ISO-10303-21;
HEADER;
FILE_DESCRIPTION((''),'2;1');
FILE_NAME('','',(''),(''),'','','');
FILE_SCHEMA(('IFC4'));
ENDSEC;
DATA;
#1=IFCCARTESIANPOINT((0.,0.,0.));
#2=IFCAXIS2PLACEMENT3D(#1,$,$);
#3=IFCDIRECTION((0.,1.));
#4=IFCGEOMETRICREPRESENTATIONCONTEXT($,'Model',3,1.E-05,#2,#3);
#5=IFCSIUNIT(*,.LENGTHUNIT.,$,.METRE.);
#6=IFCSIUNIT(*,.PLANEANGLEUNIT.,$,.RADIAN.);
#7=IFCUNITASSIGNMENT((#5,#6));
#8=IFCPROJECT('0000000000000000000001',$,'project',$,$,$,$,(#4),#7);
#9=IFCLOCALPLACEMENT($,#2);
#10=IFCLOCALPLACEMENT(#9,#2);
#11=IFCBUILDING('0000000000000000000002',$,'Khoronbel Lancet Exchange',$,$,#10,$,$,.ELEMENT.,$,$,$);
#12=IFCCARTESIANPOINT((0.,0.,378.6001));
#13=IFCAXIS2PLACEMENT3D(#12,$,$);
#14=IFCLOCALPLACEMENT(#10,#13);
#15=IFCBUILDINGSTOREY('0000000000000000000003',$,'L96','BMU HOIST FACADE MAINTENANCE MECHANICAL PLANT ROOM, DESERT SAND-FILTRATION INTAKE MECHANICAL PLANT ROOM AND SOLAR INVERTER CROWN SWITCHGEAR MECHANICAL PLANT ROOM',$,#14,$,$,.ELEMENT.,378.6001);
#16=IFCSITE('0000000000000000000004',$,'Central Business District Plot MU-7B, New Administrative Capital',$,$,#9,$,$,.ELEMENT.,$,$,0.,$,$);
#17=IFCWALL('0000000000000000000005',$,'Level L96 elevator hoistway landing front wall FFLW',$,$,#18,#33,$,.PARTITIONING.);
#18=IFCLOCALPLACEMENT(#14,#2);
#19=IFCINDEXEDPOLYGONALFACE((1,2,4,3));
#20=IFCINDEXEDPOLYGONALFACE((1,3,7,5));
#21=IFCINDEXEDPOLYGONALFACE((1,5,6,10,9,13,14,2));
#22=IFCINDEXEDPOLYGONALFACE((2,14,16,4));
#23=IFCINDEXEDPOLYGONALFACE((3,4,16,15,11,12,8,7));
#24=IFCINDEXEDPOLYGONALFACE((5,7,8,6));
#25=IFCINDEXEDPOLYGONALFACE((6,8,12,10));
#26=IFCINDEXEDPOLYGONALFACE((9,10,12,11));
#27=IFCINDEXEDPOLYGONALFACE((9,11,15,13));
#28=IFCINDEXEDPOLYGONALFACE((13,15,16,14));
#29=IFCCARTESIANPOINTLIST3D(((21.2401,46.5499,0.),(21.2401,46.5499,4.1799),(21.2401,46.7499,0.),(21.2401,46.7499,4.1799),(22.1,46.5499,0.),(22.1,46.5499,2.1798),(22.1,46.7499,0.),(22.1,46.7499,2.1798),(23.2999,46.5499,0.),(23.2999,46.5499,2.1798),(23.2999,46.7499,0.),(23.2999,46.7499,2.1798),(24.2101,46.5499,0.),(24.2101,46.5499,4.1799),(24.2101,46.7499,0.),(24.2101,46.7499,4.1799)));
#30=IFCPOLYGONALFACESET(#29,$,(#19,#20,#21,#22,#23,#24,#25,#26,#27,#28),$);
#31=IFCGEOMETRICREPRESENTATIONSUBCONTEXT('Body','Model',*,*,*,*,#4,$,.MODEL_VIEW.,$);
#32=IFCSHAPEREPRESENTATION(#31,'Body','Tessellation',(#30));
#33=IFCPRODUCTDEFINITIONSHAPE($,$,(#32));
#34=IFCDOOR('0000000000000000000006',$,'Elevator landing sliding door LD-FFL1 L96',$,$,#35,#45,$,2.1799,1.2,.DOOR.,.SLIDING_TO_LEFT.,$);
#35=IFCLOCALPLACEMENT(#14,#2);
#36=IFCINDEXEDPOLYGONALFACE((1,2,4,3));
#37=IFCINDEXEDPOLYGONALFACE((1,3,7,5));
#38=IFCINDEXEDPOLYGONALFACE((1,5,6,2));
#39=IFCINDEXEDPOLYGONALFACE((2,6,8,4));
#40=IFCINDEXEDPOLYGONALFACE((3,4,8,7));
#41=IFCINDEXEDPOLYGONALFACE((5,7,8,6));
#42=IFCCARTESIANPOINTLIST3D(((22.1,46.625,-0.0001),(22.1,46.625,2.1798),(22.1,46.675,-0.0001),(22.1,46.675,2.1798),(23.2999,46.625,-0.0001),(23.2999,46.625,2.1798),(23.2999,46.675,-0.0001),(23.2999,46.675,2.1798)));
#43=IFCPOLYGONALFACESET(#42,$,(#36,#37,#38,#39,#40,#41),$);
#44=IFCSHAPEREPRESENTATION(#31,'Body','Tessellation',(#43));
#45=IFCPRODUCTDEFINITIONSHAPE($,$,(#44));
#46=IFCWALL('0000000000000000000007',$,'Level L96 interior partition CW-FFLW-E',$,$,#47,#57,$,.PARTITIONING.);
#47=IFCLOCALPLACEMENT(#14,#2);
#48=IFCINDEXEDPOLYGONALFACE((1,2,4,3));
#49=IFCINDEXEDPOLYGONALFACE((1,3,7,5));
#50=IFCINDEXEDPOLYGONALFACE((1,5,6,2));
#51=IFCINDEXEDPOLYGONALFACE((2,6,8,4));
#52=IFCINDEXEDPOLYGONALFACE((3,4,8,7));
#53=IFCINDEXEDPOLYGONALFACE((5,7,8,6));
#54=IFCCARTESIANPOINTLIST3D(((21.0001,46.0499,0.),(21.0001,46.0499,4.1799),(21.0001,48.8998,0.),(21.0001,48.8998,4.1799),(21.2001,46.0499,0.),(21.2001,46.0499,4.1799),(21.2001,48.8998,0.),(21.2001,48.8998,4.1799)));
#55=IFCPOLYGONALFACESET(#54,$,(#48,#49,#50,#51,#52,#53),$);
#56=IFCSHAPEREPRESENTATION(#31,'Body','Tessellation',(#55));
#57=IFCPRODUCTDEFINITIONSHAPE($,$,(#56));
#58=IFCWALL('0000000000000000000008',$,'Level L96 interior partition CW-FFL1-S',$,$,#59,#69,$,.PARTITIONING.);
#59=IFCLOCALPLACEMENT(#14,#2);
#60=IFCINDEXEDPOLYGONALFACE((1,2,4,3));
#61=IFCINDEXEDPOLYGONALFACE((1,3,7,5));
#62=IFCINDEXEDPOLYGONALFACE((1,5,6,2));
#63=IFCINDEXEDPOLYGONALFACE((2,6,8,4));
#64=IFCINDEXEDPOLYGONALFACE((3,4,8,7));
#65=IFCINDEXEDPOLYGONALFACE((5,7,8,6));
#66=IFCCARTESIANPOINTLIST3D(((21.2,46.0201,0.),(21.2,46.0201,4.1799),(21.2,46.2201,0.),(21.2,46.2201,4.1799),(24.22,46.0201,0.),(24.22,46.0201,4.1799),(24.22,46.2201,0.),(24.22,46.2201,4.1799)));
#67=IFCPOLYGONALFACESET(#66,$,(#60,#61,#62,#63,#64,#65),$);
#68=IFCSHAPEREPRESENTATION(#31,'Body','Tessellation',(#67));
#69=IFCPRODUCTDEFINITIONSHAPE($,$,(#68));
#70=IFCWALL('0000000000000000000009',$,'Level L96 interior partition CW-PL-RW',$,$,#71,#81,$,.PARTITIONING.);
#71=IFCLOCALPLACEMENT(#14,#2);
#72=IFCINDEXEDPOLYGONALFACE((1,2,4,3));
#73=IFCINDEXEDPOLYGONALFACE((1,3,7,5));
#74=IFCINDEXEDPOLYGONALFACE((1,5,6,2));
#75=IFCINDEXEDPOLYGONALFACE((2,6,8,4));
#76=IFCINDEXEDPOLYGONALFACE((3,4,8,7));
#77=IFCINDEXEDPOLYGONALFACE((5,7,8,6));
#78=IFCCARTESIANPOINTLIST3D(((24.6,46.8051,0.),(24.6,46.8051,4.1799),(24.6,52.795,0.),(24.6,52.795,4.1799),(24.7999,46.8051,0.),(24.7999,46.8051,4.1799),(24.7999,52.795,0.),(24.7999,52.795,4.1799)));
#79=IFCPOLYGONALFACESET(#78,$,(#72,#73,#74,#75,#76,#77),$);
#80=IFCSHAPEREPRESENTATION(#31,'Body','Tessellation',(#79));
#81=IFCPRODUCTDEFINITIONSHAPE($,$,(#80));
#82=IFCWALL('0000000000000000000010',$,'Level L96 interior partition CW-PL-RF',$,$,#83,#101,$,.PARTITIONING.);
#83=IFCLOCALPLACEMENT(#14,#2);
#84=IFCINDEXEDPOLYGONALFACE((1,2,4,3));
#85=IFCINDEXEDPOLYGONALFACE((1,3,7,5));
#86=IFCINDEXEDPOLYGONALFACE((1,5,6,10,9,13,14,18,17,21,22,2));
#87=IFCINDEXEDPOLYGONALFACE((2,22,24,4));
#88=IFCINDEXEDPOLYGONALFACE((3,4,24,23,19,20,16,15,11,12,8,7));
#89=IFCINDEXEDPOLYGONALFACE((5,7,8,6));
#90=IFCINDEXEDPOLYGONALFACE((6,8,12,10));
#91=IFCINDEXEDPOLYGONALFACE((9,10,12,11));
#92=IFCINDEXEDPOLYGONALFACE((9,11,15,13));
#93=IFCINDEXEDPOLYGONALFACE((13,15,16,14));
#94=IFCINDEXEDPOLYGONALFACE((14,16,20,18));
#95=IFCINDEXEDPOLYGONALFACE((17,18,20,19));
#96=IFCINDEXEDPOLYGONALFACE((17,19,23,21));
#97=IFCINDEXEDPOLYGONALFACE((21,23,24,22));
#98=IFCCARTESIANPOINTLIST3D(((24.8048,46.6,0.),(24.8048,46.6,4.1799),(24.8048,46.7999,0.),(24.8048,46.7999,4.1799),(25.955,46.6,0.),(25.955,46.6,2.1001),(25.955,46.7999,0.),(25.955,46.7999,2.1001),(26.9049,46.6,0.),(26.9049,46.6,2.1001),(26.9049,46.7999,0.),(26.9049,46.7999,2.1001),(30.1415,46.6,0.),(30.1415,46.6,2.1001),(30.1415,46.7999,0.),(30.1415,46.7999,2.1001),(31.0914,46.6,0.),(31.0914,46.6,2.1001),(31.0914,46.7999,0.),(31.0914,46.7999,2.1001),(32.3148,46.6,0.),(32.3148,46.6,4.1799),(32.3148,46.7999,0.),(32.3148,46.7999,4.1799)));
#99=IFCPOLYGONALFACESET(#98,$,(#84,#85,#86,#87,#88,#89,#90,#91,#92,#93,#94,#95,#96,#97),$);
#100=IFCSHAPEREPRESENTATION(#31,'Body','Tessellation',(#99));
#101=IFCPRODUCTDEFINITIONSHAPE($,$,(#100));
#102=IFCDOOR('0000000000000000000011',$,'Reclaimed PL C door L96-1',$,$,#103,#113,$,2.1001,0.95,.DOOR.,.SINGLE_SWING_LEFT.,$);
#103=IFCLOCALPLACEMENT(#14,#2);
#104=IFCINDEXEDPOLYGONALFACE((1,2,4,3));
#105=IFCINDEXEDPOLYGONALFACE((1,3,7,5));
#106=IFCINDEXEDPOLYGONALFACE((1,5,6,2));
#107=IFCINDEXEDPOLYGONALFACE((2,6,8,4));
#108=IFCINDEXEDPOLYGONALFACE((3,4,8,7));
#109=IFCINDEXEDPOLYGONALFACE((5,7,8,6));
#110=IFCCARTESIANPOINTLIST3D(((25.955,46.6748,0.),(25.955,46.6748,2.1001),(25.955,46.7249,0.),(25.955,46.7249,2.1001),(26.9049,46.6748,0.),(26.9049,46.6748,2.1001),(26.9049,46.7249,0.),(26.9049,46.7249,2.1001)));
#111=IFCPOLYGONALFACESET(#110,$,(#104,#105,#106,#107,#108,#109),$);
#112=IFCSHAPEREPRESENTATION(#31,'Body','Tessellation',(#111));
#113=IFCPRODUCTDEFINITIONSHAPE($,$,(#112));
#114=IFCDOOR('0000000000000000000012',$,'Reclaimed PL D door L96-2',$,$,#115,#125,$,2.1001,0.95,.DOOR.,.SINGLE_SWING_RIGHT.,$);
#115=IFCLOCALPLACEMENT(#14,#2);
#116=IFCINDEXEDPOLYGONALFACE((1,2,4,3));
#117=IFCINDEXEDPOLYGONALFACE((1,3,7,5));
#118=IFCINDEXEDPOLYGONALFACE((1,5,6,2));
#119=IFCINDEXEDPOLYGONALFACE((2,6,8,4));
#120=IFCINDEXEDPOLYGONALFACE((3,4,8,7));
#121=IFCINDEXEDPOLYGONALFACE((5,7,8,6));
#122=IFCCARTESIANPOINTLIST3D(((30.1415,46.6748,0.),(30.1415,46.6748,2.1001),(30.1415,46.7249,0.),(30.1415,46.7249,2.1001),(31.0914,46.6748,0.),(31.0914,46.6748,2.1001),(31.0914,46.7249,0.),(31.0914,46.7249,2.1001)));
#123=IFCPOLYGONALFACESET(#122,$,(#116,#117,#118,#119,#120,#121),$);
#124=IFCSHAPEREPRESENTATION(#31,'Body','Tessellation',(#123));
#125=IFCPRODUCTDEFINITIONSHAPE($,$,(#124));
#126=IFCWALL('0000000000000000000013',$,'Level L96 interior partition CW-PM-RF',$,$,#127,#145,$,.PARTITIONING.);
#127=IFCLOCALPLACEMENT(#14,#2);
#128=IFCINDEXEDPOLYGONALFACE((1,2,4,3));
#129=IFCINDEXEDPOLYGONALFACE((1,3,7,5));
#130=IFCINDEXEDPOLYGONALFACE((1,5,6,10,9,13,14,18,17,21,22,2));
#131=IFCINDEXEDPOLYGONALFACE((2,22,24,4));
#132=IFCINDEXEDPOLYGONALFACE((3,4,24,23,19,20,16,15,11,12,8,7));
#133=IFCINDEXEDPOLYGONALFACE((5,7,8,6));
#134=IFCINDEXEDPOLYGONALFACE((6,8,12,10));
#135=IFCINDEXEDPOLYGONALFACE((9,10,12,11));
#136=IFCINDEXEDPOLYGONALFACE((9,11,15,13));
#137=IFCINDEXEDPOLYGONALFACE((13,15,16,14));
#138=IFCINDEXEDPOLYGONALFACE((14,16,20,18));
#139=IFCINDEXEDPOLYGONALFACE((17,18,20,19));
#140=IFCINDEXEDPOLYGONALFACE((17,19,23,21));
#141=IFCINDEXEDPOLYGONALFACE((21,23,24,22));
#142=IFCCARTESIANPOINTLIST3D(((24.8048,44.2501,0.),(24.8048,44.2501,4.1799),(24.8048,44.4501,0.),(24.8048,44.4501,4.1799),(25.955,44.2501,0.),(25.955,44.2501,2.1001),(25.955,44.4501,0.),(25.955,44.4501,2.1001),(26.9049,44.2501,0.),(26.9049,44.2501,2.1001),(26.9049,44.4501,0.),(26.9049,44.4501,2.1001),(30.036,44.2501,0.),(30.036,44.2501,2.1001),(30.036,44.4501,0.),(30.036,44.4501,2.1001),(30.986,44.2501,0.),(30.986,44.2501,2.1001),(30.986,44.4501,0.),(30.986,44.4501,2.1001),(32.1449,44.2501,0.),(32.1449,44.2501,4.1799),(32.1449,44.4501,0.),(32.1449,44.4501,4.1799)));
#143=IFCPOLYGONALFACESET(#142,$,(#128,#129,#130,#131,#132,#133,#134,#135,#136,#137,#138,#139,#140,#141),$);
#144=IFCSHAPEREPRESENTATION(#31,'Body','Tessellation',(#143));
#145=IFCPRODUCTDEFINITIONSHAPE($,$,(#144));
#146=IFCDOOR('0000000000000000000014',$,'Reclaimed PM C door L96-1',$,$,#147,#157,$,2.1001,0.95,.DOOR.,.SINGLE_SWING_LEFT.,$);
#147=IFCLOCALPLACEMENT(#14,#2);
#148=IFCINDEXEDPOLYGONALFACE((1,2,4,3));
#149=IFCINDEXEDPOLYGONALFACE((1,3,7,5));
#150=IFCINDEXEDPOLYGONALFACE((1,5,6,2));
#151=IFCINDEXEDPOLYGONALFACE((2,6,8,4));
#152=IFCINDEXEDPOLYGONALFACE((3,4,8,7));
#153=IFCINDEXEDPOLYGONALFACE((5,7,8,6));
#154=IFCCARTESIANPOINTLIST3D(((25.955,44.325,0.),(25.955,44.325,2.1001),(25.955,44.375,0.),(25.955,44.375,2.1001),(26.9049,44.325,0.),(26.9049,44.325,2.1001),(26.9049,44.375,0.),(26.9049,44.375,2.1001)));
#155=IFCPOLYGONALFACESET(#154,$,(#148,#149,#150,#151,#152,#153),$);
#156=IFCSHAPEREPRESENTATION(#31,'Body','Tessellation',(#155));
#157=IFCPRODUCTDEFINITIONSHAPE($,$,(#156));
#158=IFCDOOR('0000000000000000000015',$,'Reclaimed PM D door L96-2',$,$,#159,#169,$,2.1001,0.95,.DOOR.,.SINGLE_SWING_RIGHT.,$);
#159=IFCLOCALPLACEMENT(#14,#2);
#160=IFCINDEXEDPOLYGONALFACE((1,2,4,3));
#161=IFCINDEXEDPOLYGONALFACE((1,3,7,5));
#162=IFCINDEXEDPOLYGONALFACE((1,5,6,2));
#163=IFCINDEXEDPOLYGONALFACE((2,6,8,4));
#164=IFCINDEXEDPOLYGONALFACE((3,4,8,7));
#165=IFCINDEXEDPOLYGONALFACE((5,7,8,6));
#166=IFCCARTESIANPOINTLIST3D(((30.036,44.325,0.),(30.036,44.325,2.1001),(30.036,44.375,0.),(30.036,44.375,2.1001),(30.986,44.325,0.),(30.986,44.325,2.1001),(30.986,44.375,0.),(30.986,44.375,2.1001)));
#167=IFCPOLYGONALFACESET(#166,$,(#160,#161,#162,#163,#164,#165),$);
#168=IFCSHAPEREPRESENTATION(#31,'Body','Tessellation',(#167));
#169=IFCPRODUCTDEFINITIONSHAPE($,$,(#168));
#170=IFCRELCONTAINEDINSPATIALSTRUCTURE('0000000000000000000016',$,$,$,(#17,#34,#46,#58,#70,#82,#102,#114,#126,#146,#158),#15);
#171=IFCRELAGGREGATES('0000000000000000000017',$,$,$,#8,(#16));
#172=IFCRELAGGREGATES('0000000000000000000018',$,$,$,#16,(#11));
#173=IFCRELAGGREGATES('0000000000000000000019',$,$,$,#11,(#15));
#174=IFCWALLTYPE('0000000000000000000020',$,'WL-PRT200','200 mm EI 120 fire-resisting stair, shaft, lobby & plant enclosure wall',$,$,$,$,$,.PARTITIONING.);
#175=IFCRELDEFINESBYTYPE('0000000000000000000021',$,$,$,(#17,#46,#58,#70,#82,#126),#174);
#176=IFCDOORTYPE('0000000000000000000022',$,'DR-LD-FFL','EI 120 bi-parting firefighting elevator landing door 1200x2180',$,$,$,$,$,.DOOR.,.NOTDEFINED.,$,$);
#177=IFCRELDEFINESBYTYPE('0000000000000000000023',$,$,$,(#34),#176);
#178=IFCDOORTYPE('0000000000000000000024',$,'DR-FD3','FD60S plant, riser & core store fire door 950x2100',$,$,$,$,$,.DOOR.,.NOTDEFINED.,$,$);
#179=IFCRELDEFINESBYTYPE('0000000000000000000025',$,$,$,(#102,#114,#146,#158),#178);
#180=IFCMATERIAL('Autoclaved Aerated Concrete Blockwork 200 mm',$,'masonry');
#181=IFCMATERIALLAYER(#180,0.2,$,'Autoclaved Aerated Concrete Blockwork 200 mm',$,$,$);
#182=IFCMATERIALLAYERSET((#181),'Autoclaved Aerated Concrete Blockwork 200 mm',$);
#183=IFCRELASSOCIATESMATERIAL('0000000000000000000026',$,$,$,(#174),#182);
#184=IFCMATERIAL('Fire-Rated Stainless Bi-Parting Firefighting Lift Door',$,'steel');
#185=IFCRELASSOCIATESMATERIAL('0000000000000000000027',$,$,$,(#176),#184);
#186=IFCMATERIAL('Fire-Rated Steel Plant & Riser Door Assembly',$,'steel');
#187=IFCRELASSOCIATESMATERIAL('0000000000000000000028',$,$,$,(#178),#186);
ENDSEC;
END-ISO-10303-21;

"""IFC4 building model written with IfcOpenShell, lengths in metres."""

from ifc_helpers import new_model, si_unit, direction, frame, frame_2d, origin, place, context, subcontext, project, spatial, rectangle, extrude, material, layer, layer_set, type_object, element, fill, save


model = new_model("IFC4")

# Units and contexts
model_context = context("Model", 3, precision=1e-05, world=origin(), true_north=direction((0.0, 1.0)))
body_context = subcontext(model_context, "Body", "Model", "MODEL_VIEW")
ifc_project = project(units=[si_unit("LENGTHUNIT", "METRE"), si_unit("PLANEANGLEUNIT", "RADIAN")], contexts=[model_context])

# Site, building, storey
site_placement = place(None, origin())
site = spatial("IfcSite", under=ifc_project, at=site_placement, Name="Central Business District Plot MU-7B, New Administrative Capital", CompositionType="ELEMENT", RefElevation=0.0)
building_placement = place(site_placement, origin())
building = spatial("IfcBuilding", under=site, at=building_placement, Name="Khoronbel Lancet Exchange", CompositionType="ELEMENT")
storey_placement = place(building_placement, frame((0.0, 0.0, 378.6001)))
storey = spatial("IfcBuildingStorey", under=building, at=storey_placement, Name="L96", Description="BMU HOIST FACADE MAINTENANCE MECHANICAL PLANT ROOM, DESERT SAND-FILTRATION INTAKE MECHANICAL PLANT ROOM AND SOLAR INVERTER CROWN SWITCHGEAR MECHANICAL PLANT ROOM", CompositionType="ELEMENT", Elevation=378.6001)

# Wall, opening, door
ifc_material_1 = material(Name="Autoclaved Aerated Concrete Blockwork 200 mm", Category="masonry")
ifc_layer_1 = layer(ifc_material_1, 0.2, Name="Autoclaved Aerated Concrete Blockwork 200 mm")
ifc_layer_set_1 = layer_set([ifc_layer_1], Name="Autoclaved Aerated Concrete Blockwork 200 mm")
wall_type_1 = type_object("IfcWallType", Name="WL-PRT200", Description="200 mm EI 120 fire-resisting stair, shaft, lobby & plant enclosure wall", PredefinedType="PARTITIONING", material=ifc_layer_set_1)
wall_1_placement = place(storey_placement, frame((24.21, 46.6499, 0.0), z_axis=(0.0, 0.0, 1.0), x_axis=(-1.0, 0.0, 0.0)))
wall_1 = element("IfcWall", 1, at=wall_1_placement, inside=storey, type_object=wall_type_1, Name="Level L96 elevator hoistway landing front wall FFLW", PredefinedType="PARTITIONING", context=body_context, shape_type="SweptSolid", body=[
    extrude(rectangle(XDim=2.97, YDim=0.2, at=frame_2d((1.4849, 0.0))), origin(), (0.0, 0.0, 1.0), 4.1799),
])
opening_1_placement = place(wall_1_placement, frame((0.9099, 0.0, 0.0)))
opening_1 = element("IfcOpeningElement", 2, at=opening_1_placement, cuts=wall_1, PredefinedType="OPENING", context=body_context, shape_type="SweptSolid", body=[
    extrude(rectangle(XDim=1.2, YDim=2.1799, at=frame_2d((0.6001, 1.0898))), frame((0.0, 0.1099, 0.0), z_axis=(0.0, -1.0, 0.0), x_axis=(1.0, 0.0, 0.0)), (0.0, 0.0, 1.0), 0.22),
])
ifc_material_2 = material(Name="Fire-Rated Stainless Bi-Parting Firefighting Lift Door", Category="steel")
door_type_1 = type_object("IfcDoorType", Name="DR-LD-FFL", Description="EI 120 bi-parting firefighting elevator landing door 1200x2180", OperationType="NOTDEFINED", PredefinedType="DOOR", material=ifc_material_2)
door_1_placement = place(opening_1_placement, origin())
door_1 = element("IfcDoor", 3, at=door_1_placement, inside=storey, type_object=door_type_1, Name="Elevator landing sliding door LD-FFL1 L96", OperationType="SLIDING_TO_LEFT", OverallHeight=2.1799, OverallWidth=1.2, PredefinedType="DOOR", context=body_context, shape_type="SweptSolid", body=[
    extrude(rectangle(XDim=1.2, YDim=2.1799, at=frame_2d((0.6001, 1.0898))), frame((0.0, 0.0249, 0.0), z_axis=(0.0, -1.0, 0.0), x_axis=(1.0, 0.0, 0.0)), (0.0, 0.0, 1.0), 0.05),
])
fill(opening_1, door_1)

# Wall
wall_2_placement = place(storey_placement, frame((21.1001, 46.05, 0.0), z_axis=(0.0, 0.0, 1.0), x_axis=(0.0, 1.0, 0.0)))
element("IfcWall", 4, at=wall_2_placement, inside=storey, type_object=wall_type_1, Name="Level L96 interior partition CW-FFLW-E", PredefinedType="PARTITIONING", context=body_context, shape_type="SweptSolid", body=[
    extrude(rectangle(XDim=2.8499, YDim=0.2, at=frame_2d((1.4248, 0.0))), origin(), (0.0, 0.0, 1.0), 4.1799),
])

# Walls
wall_3_placement = place(storey_placement, frame((21.2, 46.1201, 0.0), z_axis=(0.0, 0.0, 1.0), x_axis=(1.0, 0.0, 0.0)))
element("IfcWall", 5, at=wall_3_placement, inside=storey, type_object=wall_type_1, Name="Level L96 interior partition CW-FFL1-S", PredefinedType="PARTITIONING", context=body_context, shape_type="SweptSolid", body=[
    extrude(rectangle(XDim=3.02, YDim=0.2, at=frame_2d((1.51, 0.0))), origin(), (0.0, 0.0, 1.0), 4.1799),
])
wall_4_placement = place(storey_placement, frame((24.7, 46.8049, 0.0), z_axis=(0.0, 0.0, 1.0), x_axis=(0.0, 1.0, 0.0)))
element("IfcWall", 6, at=wall_4_placement, inside=storey, type_object=wall_type_1, Name="Level L96 interior partition CW-PL-RW", PredefinedType="PARTITIONING", context=body_context, shape_type="SweptSolid", body=[
    extrude(rectangle(XDim=5.99, YDim=0.2, at=frame_2d((2.9951, 0.0))), origin(), (0.0, 0.0, 1.0), 4.1799),
])

# Walls, openings, doors
wall_5_placement = place(storey_placement, frame((24.8049, 46.7, 0.0), z_axis=(0.0, 0.0, 1.0), x_axis=(1.0, 0.0, 0.0)))
wall_5 = element("IfcWall", 7, at=wall_5_placement, inside=storey, type_object=wall_type_1, Name="Level L96 interior partition CW-PL-RF", PredefinedType="PARTITIONING", context=body_context, shape_type="SweptSolid", body=[
    extrude(rectangle(XDim=7.51, YDim=0.2, at=frame_2d((3.7549, 0.0))), origin(), (0.0, 0.0, 1.0), 4.1799),
])
opening_2_placement = place(wall_5_placement, frame((1.1499, 0.0, 0.0)))
opening_2 = element("IfcOpeningElement", 8, at=opening_2_placement, cuts=wall_5, PredefinedType="OPENING", context=body_context, shape_type="SweptSolid", body=[
    extrude(rectangle(XDim=0.95, YDim=2.1001, at=frame_2d((0.4751, 1.05))), frame((0.0, 0.1099, 0.0), z_axis=(0.0, -1.0, 0.0), x_axis=(1.0, 0.0, 0.0)), (0.0, 0.0, 1.0), 0.22),
])
opening_3_placement = place(wall_5_placement, frame((5.3364, 0.0, 0.0)))
opening_3 = element("IfcOpeningElement", 9, at=opening_3_placement, cuts=wall_5, PredefinedType="OPENING", context=body_context, shape_type="SweptSolid", body=[
    extrude(rectangle(XDim=0.95, YDim=2.1001, at=frame_2d((0.4751, 1.05))), frame((0.0, 0.1099, 0.0), z_axis=(0.0, -1.0, 0.0), x_axis=(1.0, 0.0, 0.0)), (0.0, 0.0, 1.0), 0.22),
])
ifc_material_3 = material(Name="Fire-Rated Steel Plant & Riser Door Assembly", Category="steel")
door_type_2 = type_object("IfcDoorType", Name="DR-FD3", Description="FD60S plant, riser & core store fire door 950x2100", OperationType="NOTDEFINED", PredefinedType="DOOR", material=ifc_material_3)
door_2_placement = place(opening_2_placement, origin())
door_2 = element("IfcDoor", 10, at=door_2_placement, inside=storey, type_object=door_type_2, Name="Reclaimed PL C door L96-1", OperationType="SINGLE_SWING_LEFT", OverallHeight=2.1001, OverallWidth=0.95, PredefinedType="DOOR", context=body_context, shape_type="SweptSolid", body=[
    extrude(rectangle(XDim=0.95, YDim=2.1001, at=frame_2d((0.4751, 1.05))), frame((0.0, 0.0249, 0.0), z_axis=(0.0, -1.0, 0.0), x_axis=(1.0, 0.0, 0.0)), (0.0, 0.0, 1.0), 0.05),
])
fill(opening_2, door_2)
door_3_placement = place(opening_3_placement, origin())
door_3 = element("IfcDoor", 11, at=door_3_placement, inside=storey, type_object=door_type_2, Name="Reclaimed PL D door L96-2", OperationType="SINGLE_SWING_RIGHT", OverallHeight=2.1001, OverallWidth=0.95, PredefinedType="DOOR", context=body_context, shape_type="SweptSolid", body=[
    extrude(rectangle(XDim=0.95, YDim=2.1001, at=frame_2d((0.4751, 1.05))), frame((0.0, 0.0249, 0.0), z_axis=(0.0, -1.0, 0.0), x_axis=(1.0, 0.0, 0.0)), (0.0, 0.0, 1.0), 0.05),
])
fill(opening_3, door_3)
wall_6_placement = place(storey_placement, frame((24.8049, 44.3501, 0.0), z_axis=(0.0, 0.0, 1.0), x_axis=(1.0, 0.0, 0.0)))
wall_6 = element("IfcWall", 12, at=wall_6_placement, inside=storey, type_object=wall_type_1, Name="Level L96 interior partition CW-PM-RF", PredefinedType="PARTITIONING", context=body_context, shape_type="SweptSolid", body=[
    extrude(rectangle(XDim=7.3401, YDim=0.2, at=frame_2d((3.6699, 0.0))), origin(), (0.0, 0.0, 1.0), 4.1799),
])
opening_4_placement = place(wall_6_placement, frame((1.1499, 0.0, 0.0)))
opening_4 = element("IfcOpeningElement", 13, at=opening_4_placement, cuts=wall_6, PredefinedType="OPENING", context=body_context, shape_type="SweptSolid", body=[
    extrude(rectangle(XDim=0.95, YDim=2.1001, at=frame_2d((0.4751, 1.05))), frame((0.0, 0.1099, 0.0), z_axis=(0.0, -1.0, 0.0), x_axis=(1.0, 0.0, 0.0)), (0.0, 0.0, 1.0), 0.22),
])
opening_5_placement = place(wall_6_placement, frame((5.231, 0.0, 0.0)))
opening_5 = element("IfcOpeningElement", 14, at=opening_5_placement, cuts=wall_6, PredefinedType="OPENING", context=body_context, shape_type="SweptSolid", body=[
    extrude(rectangle(XDim=0.95, YDim=2.1001, at=frame_2d((0.4751, 1.05))), frame((0.0, 0.1099, 0.0), z_axis=(0.0, -1.0, 0.0), x_axis=(1.0, 0.0, 0.0)), (0.0, 0.0, 1.0), 0.22),
])
door_4_placement = place(opening_4_placement, origin())
door_4 = element("IfcDoor", 15, at=door_4_placement, inside=storey, type_object=door_type_2, Name="Reclaimed PM C door L96-1", OperationType="SINGLE_SWING_LEFT", OverallHeight=2.1001, OverallWidth=0.95, PredefinedType="DOOR", context=body_context, shape_type="SweptSolid", body=[
    extrude(rectangle(XDim=0.95, YDim=2.1001, at=frame_2d((0.4751, 1.05))), frame((0.0, 0.0249, 0.0), z_axis=(0.0, -1.0, 0.0), x_axis=(1.0, 0.0, 0.0)), (0.0, 0.0, 1.0), 0.05),
])
fill(opening_4, door_4)
door_5_placement = place(opening_5_placement, origin())
door_5 = element("IfcDoor", 16, at=door_5_placement, inside=storey, type_object=door_type_2, Name="Reclaimed PM D door L96-2", OperationType="SINGLE_SWING_RIGHT", OverallHeight=2.1001, OverallWidth=0.95, PredefinedType="DOOR", context=body_context, shape_type="SweptSolid", body=[
    extrude(rectangle(XDim=0.95, YDim=2.1001, at=frame_2d((0.4751, 1.05))), frame((0.0, 0.0249, 0.0), z_axis=(0.0, -1.0, 0.0), x_axis=(1.0, 0.0, 0.0)), (0.0, 0.0, 1.0), 0.05),
])
fill(opening_5, door_5)

save(model, "model.ifc")
